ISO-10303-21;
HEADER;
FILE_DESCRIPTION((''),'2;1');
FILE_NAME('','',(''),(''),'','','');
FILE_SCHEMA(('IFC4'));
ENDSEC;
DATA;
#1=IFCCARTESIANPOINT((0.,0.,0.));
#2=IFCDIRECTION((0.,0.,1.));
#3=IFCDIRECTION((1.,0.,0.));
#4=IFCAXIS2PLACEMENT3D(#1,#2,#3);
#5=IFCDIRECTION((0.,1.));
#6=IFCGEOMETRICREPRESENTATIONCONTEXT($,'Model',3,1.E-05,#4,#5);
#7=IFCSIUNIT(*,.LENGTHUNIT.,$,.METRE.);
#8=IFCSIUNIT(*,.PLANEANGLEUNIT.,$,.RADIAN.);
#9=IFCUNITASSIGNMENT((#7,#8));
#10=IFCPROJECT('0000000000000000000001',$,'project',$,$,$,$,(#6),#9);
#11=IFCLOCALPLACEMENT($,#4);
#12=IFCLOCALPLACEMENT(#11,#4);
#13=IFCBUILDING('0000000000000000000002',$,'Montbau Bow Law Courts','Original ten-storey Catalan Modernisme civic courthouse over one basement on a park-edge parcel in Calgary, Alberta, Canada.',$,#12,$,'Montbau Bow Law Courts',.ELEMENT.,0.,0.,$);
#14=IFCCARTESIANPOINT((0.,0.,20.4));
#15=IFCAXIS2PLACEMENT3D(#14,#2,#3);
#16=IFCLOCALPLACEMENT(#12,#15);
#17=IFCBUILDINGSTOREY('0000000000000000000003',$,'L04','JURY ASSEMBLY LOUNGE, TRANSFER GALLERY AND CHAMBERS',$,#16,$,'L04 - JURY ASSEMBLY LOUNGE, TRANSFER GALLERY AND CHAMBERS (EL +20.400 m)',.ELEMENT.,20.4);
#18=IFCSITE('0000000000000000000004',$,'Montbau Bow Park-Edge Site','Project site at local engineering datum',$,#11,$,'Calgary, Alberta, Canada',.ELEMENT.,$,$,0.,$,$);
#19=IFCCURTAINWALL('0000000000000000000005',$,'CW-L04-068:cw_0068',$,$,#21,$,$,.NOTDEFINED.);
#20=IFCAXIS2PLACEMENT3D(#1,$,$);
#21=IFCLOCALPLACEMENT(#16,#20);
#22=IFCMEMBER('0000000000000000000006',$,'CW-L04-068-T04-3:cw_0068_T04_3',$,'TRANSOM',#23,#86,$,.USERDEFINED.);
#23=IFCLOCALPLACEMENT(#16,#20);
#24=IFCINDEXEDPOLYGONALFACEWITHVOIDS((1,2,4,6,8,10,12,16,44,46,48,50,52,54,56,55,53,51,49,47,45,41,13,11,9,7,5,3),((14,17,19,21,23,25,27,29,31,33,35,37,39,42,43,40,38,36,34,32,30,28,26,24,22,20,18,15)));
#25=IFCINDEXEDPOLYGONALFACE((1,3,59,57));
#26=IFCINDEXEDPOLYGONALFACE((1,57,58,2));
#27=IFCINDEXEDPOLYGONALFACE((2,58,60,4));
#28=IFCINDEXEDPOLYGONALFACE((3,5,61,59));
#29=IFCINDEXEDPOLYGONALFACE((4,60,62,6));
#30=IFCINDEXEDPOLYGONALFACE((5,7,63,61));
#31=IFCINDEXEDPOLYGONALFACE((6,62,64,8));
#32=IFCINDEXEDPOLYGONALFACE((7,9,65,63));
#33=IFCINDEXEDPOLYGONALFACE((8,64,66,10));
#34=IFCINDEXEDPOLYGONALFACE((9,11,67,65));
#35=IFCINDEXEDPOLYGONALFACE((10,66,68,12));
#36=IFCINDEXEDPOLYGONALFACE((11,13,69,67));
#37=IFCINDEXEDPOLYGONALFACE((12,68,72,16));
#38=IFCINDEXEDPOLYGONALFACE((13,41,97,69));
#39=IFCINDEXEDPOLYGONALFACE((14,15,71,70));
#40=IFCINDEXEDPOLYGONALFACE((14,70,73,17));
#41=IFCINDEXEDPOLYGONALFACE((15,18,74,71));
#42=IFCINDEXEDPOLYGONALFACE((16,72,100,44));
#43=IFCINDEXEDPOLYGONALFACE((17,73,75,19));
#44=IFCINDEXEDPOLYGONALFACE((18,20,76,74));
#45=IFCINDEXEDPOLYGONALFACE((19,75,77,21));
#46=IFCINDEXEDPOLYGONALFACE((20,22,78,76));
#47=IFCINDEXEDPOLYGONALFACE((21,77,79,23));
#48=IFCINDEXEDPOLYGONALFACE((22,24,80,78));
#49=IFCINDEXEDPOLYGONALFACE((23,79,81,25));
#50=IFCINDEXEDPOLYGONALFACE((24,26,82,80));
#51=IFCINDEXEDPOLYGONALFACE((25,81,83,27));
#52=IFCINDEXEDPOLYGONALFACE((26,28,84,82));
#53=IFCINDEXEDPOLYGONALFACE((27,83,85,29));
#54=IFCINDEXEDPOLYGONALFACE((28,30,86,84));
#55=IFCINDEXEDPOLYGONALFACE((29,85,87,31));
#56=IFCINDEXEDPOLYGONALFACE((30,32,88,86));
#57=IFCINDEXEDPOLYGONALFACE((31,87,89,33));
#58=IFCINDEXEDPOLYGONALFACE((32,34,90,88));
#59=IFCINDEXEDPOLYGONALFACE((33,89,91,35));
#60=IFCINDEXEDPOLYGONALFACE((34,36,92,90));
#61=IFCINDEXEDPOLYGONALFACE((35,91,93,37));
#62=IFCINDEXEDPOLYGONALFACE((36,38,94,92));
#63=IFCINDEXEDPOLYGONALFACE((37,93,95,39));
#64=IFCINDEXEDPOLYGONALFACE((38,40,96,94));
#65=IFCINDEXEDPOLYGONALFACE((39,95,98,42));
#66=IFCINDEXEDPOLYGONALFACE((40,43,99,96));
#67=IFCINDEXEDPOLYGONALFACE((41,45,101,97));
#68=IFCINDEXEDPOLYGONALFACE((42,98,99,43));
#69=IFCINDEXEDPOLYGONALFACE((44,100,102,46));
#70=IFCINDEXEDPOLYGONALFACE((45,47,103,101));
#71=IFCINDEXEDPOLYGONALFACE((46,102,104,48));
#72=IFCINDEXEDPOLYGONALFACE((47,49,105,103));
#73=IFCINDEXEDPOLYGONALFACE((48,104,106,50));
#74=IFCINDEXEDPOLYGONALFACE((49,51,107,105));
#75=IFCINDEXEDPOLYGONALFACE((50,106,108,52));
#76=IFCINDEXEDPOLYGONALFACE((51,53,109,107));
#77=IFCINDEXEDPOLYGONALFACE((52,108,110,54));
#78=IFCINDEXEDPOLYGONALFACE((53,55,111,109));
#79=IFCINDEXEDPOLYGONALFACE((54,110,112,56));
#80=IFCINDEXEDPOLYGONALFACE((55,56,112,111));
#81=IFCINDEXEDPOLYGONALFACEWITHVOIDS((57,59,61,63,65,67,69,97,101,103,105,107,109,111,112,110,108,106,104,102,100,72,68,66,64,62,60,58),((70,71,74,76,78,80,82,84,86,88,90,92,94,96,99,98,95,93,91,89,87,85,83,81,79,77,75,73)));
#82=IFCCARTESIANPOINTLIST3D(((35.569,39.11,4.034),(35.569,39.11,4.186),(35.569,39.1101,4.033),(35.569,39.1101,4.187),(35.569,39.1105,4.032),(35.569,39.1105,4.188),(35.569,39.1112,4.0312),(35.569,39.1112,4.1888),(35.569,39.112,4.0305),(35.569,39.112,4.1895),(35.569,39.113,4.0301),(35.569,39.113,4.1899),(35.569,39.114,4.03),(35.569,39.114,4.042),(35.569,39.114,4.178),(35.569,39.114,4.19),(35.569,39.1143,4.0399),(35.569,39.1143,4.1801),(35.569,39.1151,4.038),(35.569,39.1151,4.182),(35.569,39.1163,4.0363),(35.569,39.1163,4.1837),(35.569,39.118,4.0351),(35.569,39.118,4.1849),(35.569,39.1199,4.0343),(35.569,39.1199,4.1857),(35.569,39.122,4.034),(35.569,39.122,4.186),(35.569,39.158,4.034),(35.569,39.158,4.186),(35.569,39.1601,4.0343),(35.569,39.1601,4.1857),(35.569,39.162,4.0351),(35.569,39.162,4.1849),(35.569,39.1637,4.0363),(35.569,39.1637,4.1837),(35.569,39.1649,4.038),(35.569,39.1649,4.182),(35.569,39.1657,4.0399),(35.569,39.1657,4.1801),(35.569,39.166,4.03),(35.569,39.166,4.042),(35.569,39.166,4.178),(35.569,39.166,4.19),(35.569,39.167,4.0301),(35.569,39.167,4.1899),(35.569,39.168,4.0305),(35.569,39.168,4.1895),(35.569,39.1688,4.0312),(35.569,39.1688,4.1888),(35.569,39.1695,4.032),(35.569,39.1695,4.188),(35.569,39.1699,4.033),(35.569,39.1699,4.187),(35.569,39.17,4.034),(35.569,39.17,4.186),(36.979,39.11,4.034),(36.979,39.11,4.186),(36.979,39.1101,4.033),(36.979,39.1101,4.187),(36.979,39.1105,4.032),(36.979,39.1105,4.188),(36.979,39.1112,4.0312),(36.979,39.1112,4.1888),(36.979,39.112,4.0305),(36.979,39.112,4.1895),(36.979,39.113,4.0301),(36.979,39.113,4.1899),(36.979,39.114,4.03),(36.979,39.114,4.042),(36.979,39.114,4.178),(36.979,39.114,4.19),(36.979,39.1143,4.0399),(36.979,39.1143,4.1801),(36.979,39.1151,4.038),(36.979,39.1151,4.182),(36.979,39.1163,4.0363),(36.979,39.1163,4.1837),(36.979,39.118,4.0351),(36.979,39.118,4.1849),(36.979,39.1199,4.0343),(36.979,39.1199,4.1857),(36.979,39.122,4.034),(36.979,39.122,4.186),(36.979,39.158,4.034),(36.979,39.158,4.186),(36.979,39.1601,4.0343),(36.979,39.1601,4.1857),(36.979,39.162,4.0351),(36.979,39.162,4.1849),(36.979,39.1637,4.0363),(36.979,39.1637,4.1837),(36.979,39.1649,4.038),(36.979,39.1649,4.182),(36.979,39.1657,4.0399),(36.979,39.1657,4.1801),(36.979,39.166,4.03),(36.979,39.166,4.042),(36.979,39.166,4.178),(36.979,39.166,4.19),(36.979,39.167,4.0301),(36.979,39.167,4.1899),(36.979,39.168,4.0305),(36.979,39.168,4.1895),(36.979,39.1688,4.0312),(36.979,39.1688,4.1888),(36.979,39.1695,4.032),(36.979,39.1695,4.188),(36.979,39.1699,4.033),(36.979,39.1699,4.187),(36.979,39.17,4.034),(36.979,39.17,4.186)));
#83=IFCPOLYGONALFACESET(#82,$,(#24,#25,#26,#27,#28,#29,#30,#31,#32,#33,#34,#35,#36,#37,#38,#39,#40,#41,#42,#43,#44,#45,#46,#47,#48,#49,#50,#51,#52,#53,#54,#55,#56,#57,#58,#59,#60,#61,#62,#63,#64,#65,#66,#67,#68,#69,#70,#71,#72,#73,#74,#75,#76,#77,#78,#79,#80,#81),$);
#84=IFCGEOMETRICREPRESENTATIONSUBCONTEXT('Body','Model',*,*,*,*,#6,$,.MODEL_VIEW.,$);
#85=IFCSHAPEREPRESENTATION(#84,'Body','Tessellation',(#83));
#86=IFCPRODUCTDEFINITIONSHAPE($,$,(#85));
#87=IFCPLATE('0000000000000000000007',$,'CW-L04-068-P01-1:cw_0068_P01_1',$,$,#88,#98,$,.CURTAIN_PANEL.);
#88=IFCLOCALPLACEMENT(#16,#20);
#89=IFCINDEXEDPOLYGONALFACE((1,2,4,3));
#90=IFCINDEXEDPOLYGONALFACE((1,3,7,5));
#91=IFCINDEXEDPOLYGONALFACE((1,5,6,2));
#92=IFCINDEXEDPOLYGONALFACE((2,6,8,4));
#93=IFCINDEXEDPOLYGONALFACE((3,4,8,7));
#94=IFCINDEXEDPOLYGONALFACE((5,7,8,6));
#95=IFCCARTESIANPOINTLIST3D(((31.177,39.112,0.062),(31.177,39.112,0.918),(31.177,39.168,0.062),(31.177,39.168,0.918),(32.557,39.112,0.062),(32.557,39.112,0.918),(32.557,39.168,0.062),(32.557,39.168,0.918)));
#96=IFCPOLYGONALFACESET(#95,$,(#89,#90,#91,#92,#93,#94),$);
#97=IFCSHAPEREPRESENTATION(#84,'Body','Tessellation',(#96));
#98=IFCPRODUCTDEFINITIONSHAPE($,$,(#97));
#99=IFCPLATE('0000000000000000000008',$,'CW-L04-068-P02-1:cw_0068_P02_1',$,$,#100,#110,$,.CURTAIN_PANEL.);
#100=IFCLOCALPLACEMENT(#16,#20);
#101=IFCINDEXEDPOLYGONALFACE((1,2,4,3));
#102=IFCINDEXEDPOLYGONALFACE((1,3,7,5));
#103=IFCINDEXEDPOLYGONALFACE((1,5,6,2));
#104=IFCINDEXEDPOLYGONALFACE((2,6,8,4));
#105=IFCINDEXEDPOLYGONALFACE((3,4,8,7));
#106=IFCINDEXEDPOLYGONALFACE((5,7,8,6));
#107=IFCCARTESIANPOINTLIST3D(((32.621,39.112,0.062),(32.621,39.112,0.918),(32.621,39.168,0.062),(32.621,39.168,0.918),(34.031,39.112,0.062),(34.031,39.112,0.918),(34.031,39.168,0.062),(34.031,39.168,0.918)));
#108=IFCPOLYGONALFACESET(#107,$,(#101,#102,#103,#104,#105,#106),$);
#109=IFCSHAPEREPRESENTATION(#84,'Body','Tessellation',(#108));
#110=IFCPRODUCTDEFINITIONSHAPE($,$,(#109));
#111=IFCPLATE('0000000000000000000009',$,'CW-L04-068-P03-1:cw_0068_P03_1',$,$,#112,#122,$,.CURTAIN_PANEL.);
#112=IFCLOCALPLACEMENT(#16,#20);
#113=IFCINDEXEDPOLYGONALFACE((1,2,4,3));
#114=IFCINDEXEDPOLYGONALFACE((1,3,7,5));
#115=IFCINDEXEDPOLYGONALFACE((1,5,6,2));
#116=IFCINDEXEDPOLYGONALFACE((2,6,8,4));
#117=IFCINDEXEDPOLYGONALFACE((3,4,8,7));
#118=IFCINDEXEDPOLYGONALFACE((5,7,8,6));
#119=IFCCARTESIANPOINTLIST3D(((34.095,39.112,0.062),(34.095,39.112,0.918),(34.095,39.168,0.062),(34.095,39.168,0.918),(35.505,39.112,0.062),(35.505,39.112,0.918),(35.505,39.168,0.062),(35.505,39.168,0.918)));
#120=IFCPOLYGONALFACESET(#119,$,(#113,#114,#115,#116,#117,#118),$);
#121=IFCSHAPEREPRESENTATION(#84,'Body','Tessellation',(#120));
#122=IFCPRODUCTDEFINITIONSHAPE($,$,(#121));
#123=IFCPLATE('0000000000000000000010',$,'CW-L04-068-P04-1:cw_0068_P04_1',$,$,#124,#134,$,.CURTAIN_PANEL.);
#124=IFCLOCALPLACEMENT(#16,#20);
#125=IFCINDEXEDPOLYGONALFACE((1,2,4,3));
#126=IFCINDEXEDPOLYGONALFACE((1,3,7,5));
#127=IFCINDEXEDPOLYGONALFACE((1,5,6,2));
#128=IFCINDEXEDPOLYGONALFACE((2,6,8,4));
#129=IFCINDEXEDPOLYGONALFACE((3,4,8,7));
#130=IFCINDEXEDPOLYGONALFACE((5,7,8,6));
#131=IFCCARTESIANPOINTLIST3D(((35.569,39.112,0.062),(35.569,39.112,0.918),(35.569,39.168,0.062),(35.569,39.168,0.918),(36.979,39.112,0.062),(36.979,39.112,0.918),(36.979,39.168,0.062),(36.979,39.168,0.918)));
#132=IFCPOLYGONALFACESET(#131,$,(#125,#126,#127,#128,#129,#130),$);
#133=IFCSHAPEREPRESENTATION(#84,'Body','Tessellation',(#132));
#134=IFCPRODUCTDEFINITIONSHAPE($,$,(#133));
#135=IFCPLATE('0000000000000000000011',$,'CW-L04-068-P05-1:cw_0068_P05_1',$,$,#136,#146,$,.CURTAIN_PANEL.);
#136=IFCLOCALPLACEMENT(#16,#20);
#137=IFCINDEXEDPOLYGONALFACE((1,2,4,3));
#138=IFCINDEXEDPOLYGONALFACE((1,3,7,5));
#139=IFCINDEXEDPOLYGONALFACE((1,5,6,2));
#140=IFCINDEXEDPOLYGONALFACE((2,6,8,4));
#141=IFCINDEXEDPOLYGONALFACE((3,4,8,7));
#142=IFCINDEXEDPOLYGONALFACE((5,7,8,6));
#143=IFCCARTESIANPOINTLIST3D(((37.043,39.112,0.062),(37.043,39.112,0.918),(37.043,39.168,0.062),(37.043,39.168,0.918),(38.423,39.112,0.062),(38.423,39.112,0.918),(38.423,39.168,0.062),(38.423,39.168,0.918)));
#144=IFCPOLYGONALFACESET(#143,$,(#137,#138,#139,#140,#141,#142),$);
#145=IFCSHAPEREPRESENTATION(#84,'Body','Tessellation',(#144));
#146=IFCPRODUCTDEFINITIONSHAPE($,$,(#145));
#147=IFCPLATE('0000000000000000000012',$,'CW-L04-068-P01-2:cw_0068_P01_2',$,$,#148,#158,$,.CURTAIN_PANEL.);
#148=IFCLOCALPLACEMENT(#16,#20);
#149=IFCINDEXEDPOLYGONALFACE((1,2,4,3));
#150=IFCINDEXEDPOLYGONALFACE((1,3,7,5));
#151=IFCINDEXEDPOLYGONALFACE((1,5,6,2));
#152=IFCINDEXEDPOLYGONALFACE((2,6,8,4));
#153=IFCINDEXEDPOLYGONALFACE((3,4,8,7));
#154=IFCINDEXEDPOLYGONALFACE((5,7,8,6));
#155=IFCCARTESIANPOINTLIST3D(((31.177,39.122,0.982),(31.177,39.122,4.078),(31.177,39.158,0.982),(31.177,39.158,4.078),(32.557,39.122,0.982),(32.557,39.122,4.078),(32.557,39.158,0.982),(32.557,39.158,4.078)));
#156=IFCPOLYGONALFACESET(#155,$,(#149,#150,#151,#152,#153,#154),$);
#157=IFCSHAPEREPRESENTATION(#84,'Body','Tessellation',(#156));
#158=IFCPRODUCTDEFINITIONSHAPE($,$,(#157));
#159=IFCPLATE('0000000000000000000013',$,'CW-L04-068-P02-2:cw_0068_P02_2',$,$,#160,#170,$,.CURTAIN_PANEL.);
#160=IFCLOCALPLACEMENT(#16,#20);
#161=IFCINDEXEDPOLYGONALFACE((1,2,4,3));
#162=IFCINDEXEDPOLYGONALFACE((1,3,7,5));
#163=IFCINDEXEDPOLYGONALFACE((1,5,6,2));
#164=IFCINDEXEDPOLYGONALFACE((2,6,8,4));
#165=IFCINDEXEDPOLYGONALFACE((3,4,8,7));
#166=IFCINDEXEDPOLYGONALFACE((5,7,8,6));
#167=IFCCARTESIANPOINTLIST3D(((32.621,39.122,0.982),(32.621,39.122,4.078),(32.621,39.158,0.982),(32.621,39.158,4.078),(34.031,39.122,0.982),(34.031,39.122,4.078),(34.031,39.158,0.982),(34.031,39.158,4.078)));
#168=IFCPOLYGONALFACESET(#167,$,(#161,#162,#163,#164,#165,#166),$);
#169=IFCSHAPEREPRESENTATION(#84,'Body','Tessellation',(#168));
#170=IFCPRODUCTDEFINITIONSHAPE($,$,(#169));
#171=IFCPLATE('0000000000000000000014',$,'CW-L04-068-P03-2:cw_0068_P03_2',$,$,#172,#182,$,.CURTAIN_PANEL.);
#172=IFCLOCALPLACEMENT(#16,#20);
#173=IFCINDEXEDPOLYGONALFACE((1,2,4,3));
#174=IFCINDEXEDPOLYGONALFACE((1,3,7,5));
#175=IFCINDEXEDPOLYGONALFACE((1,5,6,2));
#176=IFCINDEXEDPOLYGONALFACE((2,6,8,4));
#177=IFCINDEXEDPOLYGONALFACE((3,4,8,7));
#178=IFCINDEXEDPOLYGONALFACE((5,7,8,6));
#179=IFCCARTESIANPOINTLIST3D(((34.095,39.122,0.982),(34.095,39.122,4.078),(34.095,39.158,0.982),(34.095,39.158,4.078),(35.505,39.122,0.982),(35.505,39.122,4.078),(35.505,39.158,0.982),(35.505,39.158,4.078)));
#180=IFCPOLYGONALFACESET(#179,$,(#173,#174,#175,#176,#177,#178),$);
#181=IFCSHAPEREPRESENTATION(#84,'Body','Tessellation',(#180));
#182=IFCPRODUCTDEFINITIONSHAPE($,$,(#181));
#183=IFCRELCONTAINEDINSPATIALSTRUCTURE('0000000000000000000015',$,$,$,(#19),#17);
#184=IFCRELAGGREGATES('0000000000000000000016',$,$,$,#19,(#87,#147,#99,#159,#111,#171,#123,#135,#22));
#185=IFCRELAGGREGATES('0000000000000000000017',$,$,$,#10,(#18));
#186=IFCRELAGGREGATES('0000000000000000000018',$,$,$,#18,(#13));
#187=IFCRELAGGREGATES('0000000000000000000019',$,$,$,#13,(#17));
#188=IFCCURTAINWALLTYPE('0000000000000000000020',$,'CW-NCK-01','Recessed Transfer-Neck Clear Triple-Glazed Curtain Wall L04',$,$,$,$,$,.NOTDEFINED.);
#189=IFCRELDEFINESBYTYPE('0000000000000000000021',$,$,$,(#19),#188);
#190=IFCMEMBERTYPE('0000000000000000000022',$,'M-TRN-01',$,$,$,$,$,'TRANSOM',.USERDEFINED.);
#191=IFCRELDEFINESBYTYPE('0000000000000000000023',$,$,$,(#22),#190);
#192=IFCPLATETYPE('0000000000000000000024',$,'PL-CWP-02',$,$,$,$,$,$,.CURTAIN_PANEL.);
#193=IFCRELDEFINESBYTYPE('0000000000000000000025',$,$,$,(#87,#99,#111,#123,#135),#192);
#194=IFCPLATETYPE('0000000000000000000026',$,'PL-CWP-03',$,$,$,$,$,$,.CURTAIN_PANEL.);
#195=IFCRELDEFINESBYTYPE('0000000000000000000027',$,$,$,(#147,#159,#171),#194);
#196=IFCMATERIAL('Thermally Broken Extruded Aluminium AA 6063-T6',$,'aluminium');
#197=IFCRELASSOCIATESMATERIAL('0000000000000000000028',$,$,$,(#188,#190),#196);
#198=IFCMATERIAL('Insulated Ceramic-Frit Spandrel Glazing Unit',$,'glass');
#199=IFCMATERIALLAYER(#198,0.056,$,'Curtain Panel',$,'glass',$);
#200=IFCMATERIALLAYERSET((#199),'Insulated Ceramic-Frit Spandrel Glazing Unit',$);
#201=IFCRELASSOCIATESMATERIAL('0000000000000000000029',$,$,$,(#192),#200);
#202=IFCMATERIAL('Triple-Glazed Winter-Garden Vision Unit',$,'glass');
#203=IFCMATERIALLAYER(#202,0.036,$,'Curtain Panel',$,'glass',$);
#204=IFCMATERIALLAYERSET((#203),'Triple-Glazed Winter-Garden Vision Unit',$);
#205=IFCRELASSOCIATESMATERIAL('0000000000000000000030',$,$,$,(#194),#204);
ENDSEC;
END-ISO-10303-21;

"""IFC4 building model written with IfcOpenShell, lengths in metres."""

from ifc_helpers import new_model, si_unit, direction, frame, frame_2d, origin_with_axes, origin_2d_with_axis, place, context, subcontext, project, spatial, rectangle, hollow_rectangle, extrude, material, layer, layer_set, material_profile, profile_set, type_object, element, aggregate, save


model = new_model("IFC4")

# Units and contexts
model_context = context("Model", 3, precision=1e-05, world=origin_with_axes(), true_north=direction((0.0, 1.0)))
body_context = subcontext(model_context, "Body", "Model", "MODEL_VIEW")
ifc_project = project(units=[si_unit("LENGTHUNIT", "METRE"), si_unit("PLANEANGLEUNIT", "RADIAN")], contexts=[model_context])

# Site, building, storey
site_placement = place(None, origin_with_axes())
site = spatial("IfcSite", under=ifc_project, at=site_placement, Name="Montbau Bow Park-Edge Site", Description="Project site at local engineering datum", LongName="Calgary, Alberta, Canada", CompositionType="ELEMENT", RefElevation=0.0)
building_placement = place(site_placement, origin_with_axes())
building = spatial("IfcBuilding", under=site, at=building_placement, Name="Montbau Bow Law Courts", Description="Original ten-storey Catalan Modernisme civic courthouse over one basement on a park-edge parcel in Calgary, Alberta, Canada.", LongName="Montbau Bow Law Courts", CompositionType="ELEMENT", ElevationOfRefHeight=0.0, ElevationOfTerrain=0.0)
storey_placement = place(building_placement, frame((0.0, 0.0, 20.4), z_axis=(0.0, 0.0, 1.0), x_axis=(1.0, 0.0, 0.0)))
storey = spatial("IfcBuildingStorey", under=building, at=storey_placement, Name="L04", Description="JURY ASSEMBLY LOUNGE, TRANSFER GALLERY AND CHAMBERS", LongName="L04 - JURY ASSEMBLY LOUNGE, TRANSFER GALLERY AND CHAMBERS (EL +20.400 m)", CompositionType="ELEMENT", Elevation=20.4)

# Curtain wall, member, plates
ifc_material_1 = material(Name="Thermally Broken Extruded Aluminium AA 6063-T6", Category="aluminium")
curtain_wall_type = type_object("IfcCurtainWallType", Name="CW-NCK-01", Description="Recessed Transfer-Neck Clear Triple-Glazed Curtain Wall L04", PredefinedType="NOTDEFINED", material=ifc_material_1)
curtain_wall_placement = place(None, frame((31.115, 39.14, 20.4), z_axis=(0.0, 0.0, 1.0), x_axis=(1.0, 0.0, 0.0)))
curtain_wall = element("IfcCurtainWall", 1, at=curtain_wall_placement, inside=storey, type_object=curtain_wall_type, Name="CW-L04-068:cw_0068", PredefinedType="NOTDEFINED")
ifc_material_profile_1 = material_profile(ifc_material_1, hollow_rectangle(XDim=0.06, YDim=0.16, WallThickness=0.004, InnerFilletRadius=0.008, OuterFilletRadius=0.004, at=origin_2d_with_axis()), Name="CWT-160X60", Category="Main", Priority=0)
ifc_profile_set_1 = profile_set([ifc_material_profile_1], Name="Thermally Broken Extruded Aluminium AA 6063-T6")
member_type_1 = type_object("IfcMemberType", Name="M-TRN-01", ElementType="TRANSOM", PredefinedType="USERDEFINED", material=ifc_profile_set_1)
member_1_placement = place(None, frame((35.569, 39.14, 24.51), z_axis=(1.0, 0.0, 0.0), x_axis=(0.0, 1.0, 0.0)))
member_1 = element("IfcMember", 2, at=member_1_placement, type_object=member_type_1, Name="CW-L04-068-T04-3:cw_0068_T04_3", ObjectType="TRANSOM", PredefinedType="USERDEFINED", context=body_context, shape_type="SweptSolid", body=[
    extrude(hollow_rectangle(XDim=0.06, YDim=0.16, WallThickness=0.004, InnerFilletRadius=0.008, OuterFilletRadius=0.004, at=origin_2d_with_axis()), origin_with_axes(), (0.0, 0.0, 1.0), 1.41),
])
ifc_material_2 = material(Name="Insulated Ceramic-Frit Spandrel Glazing Unit", Category="glass")
ifc_layer_1 = layer(ifc_material_2, 0.056, Name="Curtain Panel", Category="glass")
ifc_layer_set_1 = layer_set([ifc_layer_1], Name="Insulated Ceramic-Frit Spandrel Glazing Unit")
plate_type_1 = type_object("IfcPlateType", Name="PL-CWP-02", PredefinedType="CURTAIN_PANEL", material=ifc_layer_set_1)
plate_1_placement = place(None, frame((31.177, 39.14, 20.462), z_axis=(0.0, -1.0, 0.0), x_axis=(1.0, 0.0, 0.0)))
plate_1 = element("IfcPlate", 3, at=plate_1_placement, type_object=plate_type_1, Name="CW-L04-068-P01-1:cw_0068_P01_1", PredefinedType="CURTAIN_PANEL", context=body_context, shape_type="SweptSolid", body=[
    extrude(rectangle(XDim=1.38, YDim=0.856, at=frame_2d((0.69, 0.428), x_axis=(1.0, 0.0))), frame((0.0, 0.0, -0.028), z_axis=(0.0, 0.0, 1.0), x_axis=(1.0, 0.0, 0.0)), (0.0, 0.0, 1.0), 0.056),
])
plate_2_placement = place(None, frame((32.621, 39.14, 20.462), z_axis=(0.0, -1.0, 0.0), x_axis=(1.0, 0.0, 0.0)))
plate_2 = element("IfcPlate", 4, at=plate_2_placement, type_object=plate_type_1, Name="CW-L04-068-P02-1:cw_0068_P02_1", PredefinedType="CURTAIN_PANEL", context=body_context, shape_type="SweptSolid", body=[
    extrude(rectangle(XDim=1.41, YDim=0.856, at=frame_2d((0.705, 0.428), x_axis=(1.0, 0.0))), frame((0.0, 0.0, -0.028), z_axis=(0.0, 0.0, 1.0), x_axis=(1.0, 0.0, 0.0)), (0.0, 0.0, 1.0), 0.056),
])
plate_3_placement = place(None, frame((34.095, 39.14, 20.462), z_axis=(0.0, -1.0, 0.0), x_axis=(1.0, 0.0, 0.0)))
plate_3 = element("IfcPlate", 5, at=plate_3_placement, type_object=plate_type_1, Name="CW-L04-068-P03-1:cw_0068_P03_1", PredefinedType="CURTAIN_PANEL", context=body_context, shape_type="SweptSolid", body=[
    extrude(rectangle(XDim=1.41, YDim=0.856, at=frame_2d((0.705, 0.428), x_axis=(1.0, 0.0))), frame((0.0, 0.0, -0.028), z_axis=(0.0, 0.0, 1.0), x_axis=(1.0, 0.0, 0.0)), (0.0, 0.0, 1.0), 0.056),
])
plate_4_placement = place(None, frame((35.569, 39.14, 20.462), z_axis=(0.0, -1.0, 0.0), x_axis=(1.0, 0.0, 0.0)))
plate_4 = element("IfcPlate", 6, at=plate_4_placement, type_object=plate_type_1, Name="CW-L04-068-P04-1:cw_0068_P04_1", PredefinedType="CURTAIN_PANEL", context=body_context, shape_type="SweptSolid", body=[
    extrude(rectangle(XDim=1.41, YDim=0.856, at=frame_2d((0.705, 0.428), x_axis=(1.0, 0.0))), frame((0.0, 0.0, -0.028), z_axis=(0.0, 0.0, 1.0), x_axis=(1.0, 0.0, 0.0)), (0.0, 0.0, 1.0), 0.056),
])
plate_5_placement = place(None, frame((37.043, 39.14, 20.462), z_axis=(0.0, -1.0, 0.0), x_axis=(1.0, 0.0, 0.0)))
plate_5 = element("IfcPlate", 7, at=plate_5_placement, type_object=plate_type_1, Name="CW-L04-068-P05-1:cw_0068_P05_1", PredefinedType="CURTAIN_PANEL", context=body_context, shape_type="SweptSolid", body=[
    extrude(rectangle(XDim=1.38, YDim=0.856, at=frame_2d((0.69, 0.428), x_axis=(1.0, 0.0))), frame((0.0, 0.0, -0.028), z_axis=(0.0, 0.0, 1.0), x_axis=(1.0, 0.0, 0.0)), (0.0, 0.0, 1.0), 0.056),
])
ifc_material_3 = material(Name="Triple-Glazed Winter-Garden Vision Unit", Category="glass")
ifc_layer_2 = layer(ifc_material_3, 0.036, Name="Curtain Panel", Category="glass")
ifc_layer_set_2 = layer_set([ifc_layer_2], Name="Triple-Glazed Winter-Garden Vision Unit")
plate_type_2 = type_object("IfcPlateType", Name="PL-CWP-03", PredefinedType="CURTAIN_PANEL", material=ifc_layer_set_2)
plate_6_placement = place(None, frame((31.177, 39.14, 21.382), z_axis=(0.0, -1.0, 0.0), x_axis=(1.0, 0.0, 0.0)))
plate_6 = element("IfcPlate", 8, at=plate_6_placement, type_object=plate_type_2, Name="CW-L04-068-P01-2:cw_0068_P01_2", PredefinedType="CURTAIN_PANEL", context=body_context, shape_type="SweptSolid", body=[
    extrude(rectangle(XDim=1.38, YDim=3.096, at=frame_2d((0.69, 1.548), x_axis=(1.0, 0.0))), frame((0.0, 0.0, -0.018), z_axis=(0.0, 0.0, 1.0), x_axis=(1.0, 0.0, 0.0)), (0.0, 0.0, 1.0), 0.036),
])
plate_7_placement = place(None, frame((32.621, 39.14, 21.382), z_axis=(0.0, -1.0, 0.0), x_axis=(1.0, 0.0, 0.0)))
plate_7 = element("IfcPlate", 9, at=plate_7_placement, type_object=plate_type_2, Name="CW-L04-068-P02-2:cw_0068_P02_2", PredefinedType="CURTAIN_PANEL", context=body_context, shape_type="SweptSolid", body=[
    extrude(rectangle(XDim=1.41, YDim=3.096, at=frame_2d((0.705, 1.548), x_axis=(1.0, 0.0))), frame((0.0, 0.0, -0.018), z_axis=(0.0, 0.0, 1.0), x_axis=(1.0, 0.0, 0.0)), (0.0, 0.0, 1.0), 0.036),
])
plate_8_placement = place(None, frame((34.095, 39.14, 21.382), z_axis=(0.0, -1.0, 0.0), x_axis=(1.0, 0.0, 0.0)))
plate_8 = element("IfcPlate", 10, at=plate_8_placement, type_object=plate_type_2, Name="CW-L04-068-P03-2:cw_0068_P03_2", PredefinedType="CURTAIN_PANEL", context=body_context, shape_type="SweptSolid", body=[
    extrude(rectangle(XDim=1.41, YDim=3.096, at=frame_2d((0.705, 1.548), x_axis=(1.0, 0.0))), frame((0.0, 0.0, -0.018), z_axis=(0.0, 0.0, 1.0), x_axis=(1.0, 0.0, 0.0)), (0.0, 0.0, 1.0), 0.036),
])
aggregate(curtain_wall, [plate_1, plate_6, plate_2, plate_7, plate_3, plate_8, plate_4, plate_5, member_1])

save(model, "model.ifc")
